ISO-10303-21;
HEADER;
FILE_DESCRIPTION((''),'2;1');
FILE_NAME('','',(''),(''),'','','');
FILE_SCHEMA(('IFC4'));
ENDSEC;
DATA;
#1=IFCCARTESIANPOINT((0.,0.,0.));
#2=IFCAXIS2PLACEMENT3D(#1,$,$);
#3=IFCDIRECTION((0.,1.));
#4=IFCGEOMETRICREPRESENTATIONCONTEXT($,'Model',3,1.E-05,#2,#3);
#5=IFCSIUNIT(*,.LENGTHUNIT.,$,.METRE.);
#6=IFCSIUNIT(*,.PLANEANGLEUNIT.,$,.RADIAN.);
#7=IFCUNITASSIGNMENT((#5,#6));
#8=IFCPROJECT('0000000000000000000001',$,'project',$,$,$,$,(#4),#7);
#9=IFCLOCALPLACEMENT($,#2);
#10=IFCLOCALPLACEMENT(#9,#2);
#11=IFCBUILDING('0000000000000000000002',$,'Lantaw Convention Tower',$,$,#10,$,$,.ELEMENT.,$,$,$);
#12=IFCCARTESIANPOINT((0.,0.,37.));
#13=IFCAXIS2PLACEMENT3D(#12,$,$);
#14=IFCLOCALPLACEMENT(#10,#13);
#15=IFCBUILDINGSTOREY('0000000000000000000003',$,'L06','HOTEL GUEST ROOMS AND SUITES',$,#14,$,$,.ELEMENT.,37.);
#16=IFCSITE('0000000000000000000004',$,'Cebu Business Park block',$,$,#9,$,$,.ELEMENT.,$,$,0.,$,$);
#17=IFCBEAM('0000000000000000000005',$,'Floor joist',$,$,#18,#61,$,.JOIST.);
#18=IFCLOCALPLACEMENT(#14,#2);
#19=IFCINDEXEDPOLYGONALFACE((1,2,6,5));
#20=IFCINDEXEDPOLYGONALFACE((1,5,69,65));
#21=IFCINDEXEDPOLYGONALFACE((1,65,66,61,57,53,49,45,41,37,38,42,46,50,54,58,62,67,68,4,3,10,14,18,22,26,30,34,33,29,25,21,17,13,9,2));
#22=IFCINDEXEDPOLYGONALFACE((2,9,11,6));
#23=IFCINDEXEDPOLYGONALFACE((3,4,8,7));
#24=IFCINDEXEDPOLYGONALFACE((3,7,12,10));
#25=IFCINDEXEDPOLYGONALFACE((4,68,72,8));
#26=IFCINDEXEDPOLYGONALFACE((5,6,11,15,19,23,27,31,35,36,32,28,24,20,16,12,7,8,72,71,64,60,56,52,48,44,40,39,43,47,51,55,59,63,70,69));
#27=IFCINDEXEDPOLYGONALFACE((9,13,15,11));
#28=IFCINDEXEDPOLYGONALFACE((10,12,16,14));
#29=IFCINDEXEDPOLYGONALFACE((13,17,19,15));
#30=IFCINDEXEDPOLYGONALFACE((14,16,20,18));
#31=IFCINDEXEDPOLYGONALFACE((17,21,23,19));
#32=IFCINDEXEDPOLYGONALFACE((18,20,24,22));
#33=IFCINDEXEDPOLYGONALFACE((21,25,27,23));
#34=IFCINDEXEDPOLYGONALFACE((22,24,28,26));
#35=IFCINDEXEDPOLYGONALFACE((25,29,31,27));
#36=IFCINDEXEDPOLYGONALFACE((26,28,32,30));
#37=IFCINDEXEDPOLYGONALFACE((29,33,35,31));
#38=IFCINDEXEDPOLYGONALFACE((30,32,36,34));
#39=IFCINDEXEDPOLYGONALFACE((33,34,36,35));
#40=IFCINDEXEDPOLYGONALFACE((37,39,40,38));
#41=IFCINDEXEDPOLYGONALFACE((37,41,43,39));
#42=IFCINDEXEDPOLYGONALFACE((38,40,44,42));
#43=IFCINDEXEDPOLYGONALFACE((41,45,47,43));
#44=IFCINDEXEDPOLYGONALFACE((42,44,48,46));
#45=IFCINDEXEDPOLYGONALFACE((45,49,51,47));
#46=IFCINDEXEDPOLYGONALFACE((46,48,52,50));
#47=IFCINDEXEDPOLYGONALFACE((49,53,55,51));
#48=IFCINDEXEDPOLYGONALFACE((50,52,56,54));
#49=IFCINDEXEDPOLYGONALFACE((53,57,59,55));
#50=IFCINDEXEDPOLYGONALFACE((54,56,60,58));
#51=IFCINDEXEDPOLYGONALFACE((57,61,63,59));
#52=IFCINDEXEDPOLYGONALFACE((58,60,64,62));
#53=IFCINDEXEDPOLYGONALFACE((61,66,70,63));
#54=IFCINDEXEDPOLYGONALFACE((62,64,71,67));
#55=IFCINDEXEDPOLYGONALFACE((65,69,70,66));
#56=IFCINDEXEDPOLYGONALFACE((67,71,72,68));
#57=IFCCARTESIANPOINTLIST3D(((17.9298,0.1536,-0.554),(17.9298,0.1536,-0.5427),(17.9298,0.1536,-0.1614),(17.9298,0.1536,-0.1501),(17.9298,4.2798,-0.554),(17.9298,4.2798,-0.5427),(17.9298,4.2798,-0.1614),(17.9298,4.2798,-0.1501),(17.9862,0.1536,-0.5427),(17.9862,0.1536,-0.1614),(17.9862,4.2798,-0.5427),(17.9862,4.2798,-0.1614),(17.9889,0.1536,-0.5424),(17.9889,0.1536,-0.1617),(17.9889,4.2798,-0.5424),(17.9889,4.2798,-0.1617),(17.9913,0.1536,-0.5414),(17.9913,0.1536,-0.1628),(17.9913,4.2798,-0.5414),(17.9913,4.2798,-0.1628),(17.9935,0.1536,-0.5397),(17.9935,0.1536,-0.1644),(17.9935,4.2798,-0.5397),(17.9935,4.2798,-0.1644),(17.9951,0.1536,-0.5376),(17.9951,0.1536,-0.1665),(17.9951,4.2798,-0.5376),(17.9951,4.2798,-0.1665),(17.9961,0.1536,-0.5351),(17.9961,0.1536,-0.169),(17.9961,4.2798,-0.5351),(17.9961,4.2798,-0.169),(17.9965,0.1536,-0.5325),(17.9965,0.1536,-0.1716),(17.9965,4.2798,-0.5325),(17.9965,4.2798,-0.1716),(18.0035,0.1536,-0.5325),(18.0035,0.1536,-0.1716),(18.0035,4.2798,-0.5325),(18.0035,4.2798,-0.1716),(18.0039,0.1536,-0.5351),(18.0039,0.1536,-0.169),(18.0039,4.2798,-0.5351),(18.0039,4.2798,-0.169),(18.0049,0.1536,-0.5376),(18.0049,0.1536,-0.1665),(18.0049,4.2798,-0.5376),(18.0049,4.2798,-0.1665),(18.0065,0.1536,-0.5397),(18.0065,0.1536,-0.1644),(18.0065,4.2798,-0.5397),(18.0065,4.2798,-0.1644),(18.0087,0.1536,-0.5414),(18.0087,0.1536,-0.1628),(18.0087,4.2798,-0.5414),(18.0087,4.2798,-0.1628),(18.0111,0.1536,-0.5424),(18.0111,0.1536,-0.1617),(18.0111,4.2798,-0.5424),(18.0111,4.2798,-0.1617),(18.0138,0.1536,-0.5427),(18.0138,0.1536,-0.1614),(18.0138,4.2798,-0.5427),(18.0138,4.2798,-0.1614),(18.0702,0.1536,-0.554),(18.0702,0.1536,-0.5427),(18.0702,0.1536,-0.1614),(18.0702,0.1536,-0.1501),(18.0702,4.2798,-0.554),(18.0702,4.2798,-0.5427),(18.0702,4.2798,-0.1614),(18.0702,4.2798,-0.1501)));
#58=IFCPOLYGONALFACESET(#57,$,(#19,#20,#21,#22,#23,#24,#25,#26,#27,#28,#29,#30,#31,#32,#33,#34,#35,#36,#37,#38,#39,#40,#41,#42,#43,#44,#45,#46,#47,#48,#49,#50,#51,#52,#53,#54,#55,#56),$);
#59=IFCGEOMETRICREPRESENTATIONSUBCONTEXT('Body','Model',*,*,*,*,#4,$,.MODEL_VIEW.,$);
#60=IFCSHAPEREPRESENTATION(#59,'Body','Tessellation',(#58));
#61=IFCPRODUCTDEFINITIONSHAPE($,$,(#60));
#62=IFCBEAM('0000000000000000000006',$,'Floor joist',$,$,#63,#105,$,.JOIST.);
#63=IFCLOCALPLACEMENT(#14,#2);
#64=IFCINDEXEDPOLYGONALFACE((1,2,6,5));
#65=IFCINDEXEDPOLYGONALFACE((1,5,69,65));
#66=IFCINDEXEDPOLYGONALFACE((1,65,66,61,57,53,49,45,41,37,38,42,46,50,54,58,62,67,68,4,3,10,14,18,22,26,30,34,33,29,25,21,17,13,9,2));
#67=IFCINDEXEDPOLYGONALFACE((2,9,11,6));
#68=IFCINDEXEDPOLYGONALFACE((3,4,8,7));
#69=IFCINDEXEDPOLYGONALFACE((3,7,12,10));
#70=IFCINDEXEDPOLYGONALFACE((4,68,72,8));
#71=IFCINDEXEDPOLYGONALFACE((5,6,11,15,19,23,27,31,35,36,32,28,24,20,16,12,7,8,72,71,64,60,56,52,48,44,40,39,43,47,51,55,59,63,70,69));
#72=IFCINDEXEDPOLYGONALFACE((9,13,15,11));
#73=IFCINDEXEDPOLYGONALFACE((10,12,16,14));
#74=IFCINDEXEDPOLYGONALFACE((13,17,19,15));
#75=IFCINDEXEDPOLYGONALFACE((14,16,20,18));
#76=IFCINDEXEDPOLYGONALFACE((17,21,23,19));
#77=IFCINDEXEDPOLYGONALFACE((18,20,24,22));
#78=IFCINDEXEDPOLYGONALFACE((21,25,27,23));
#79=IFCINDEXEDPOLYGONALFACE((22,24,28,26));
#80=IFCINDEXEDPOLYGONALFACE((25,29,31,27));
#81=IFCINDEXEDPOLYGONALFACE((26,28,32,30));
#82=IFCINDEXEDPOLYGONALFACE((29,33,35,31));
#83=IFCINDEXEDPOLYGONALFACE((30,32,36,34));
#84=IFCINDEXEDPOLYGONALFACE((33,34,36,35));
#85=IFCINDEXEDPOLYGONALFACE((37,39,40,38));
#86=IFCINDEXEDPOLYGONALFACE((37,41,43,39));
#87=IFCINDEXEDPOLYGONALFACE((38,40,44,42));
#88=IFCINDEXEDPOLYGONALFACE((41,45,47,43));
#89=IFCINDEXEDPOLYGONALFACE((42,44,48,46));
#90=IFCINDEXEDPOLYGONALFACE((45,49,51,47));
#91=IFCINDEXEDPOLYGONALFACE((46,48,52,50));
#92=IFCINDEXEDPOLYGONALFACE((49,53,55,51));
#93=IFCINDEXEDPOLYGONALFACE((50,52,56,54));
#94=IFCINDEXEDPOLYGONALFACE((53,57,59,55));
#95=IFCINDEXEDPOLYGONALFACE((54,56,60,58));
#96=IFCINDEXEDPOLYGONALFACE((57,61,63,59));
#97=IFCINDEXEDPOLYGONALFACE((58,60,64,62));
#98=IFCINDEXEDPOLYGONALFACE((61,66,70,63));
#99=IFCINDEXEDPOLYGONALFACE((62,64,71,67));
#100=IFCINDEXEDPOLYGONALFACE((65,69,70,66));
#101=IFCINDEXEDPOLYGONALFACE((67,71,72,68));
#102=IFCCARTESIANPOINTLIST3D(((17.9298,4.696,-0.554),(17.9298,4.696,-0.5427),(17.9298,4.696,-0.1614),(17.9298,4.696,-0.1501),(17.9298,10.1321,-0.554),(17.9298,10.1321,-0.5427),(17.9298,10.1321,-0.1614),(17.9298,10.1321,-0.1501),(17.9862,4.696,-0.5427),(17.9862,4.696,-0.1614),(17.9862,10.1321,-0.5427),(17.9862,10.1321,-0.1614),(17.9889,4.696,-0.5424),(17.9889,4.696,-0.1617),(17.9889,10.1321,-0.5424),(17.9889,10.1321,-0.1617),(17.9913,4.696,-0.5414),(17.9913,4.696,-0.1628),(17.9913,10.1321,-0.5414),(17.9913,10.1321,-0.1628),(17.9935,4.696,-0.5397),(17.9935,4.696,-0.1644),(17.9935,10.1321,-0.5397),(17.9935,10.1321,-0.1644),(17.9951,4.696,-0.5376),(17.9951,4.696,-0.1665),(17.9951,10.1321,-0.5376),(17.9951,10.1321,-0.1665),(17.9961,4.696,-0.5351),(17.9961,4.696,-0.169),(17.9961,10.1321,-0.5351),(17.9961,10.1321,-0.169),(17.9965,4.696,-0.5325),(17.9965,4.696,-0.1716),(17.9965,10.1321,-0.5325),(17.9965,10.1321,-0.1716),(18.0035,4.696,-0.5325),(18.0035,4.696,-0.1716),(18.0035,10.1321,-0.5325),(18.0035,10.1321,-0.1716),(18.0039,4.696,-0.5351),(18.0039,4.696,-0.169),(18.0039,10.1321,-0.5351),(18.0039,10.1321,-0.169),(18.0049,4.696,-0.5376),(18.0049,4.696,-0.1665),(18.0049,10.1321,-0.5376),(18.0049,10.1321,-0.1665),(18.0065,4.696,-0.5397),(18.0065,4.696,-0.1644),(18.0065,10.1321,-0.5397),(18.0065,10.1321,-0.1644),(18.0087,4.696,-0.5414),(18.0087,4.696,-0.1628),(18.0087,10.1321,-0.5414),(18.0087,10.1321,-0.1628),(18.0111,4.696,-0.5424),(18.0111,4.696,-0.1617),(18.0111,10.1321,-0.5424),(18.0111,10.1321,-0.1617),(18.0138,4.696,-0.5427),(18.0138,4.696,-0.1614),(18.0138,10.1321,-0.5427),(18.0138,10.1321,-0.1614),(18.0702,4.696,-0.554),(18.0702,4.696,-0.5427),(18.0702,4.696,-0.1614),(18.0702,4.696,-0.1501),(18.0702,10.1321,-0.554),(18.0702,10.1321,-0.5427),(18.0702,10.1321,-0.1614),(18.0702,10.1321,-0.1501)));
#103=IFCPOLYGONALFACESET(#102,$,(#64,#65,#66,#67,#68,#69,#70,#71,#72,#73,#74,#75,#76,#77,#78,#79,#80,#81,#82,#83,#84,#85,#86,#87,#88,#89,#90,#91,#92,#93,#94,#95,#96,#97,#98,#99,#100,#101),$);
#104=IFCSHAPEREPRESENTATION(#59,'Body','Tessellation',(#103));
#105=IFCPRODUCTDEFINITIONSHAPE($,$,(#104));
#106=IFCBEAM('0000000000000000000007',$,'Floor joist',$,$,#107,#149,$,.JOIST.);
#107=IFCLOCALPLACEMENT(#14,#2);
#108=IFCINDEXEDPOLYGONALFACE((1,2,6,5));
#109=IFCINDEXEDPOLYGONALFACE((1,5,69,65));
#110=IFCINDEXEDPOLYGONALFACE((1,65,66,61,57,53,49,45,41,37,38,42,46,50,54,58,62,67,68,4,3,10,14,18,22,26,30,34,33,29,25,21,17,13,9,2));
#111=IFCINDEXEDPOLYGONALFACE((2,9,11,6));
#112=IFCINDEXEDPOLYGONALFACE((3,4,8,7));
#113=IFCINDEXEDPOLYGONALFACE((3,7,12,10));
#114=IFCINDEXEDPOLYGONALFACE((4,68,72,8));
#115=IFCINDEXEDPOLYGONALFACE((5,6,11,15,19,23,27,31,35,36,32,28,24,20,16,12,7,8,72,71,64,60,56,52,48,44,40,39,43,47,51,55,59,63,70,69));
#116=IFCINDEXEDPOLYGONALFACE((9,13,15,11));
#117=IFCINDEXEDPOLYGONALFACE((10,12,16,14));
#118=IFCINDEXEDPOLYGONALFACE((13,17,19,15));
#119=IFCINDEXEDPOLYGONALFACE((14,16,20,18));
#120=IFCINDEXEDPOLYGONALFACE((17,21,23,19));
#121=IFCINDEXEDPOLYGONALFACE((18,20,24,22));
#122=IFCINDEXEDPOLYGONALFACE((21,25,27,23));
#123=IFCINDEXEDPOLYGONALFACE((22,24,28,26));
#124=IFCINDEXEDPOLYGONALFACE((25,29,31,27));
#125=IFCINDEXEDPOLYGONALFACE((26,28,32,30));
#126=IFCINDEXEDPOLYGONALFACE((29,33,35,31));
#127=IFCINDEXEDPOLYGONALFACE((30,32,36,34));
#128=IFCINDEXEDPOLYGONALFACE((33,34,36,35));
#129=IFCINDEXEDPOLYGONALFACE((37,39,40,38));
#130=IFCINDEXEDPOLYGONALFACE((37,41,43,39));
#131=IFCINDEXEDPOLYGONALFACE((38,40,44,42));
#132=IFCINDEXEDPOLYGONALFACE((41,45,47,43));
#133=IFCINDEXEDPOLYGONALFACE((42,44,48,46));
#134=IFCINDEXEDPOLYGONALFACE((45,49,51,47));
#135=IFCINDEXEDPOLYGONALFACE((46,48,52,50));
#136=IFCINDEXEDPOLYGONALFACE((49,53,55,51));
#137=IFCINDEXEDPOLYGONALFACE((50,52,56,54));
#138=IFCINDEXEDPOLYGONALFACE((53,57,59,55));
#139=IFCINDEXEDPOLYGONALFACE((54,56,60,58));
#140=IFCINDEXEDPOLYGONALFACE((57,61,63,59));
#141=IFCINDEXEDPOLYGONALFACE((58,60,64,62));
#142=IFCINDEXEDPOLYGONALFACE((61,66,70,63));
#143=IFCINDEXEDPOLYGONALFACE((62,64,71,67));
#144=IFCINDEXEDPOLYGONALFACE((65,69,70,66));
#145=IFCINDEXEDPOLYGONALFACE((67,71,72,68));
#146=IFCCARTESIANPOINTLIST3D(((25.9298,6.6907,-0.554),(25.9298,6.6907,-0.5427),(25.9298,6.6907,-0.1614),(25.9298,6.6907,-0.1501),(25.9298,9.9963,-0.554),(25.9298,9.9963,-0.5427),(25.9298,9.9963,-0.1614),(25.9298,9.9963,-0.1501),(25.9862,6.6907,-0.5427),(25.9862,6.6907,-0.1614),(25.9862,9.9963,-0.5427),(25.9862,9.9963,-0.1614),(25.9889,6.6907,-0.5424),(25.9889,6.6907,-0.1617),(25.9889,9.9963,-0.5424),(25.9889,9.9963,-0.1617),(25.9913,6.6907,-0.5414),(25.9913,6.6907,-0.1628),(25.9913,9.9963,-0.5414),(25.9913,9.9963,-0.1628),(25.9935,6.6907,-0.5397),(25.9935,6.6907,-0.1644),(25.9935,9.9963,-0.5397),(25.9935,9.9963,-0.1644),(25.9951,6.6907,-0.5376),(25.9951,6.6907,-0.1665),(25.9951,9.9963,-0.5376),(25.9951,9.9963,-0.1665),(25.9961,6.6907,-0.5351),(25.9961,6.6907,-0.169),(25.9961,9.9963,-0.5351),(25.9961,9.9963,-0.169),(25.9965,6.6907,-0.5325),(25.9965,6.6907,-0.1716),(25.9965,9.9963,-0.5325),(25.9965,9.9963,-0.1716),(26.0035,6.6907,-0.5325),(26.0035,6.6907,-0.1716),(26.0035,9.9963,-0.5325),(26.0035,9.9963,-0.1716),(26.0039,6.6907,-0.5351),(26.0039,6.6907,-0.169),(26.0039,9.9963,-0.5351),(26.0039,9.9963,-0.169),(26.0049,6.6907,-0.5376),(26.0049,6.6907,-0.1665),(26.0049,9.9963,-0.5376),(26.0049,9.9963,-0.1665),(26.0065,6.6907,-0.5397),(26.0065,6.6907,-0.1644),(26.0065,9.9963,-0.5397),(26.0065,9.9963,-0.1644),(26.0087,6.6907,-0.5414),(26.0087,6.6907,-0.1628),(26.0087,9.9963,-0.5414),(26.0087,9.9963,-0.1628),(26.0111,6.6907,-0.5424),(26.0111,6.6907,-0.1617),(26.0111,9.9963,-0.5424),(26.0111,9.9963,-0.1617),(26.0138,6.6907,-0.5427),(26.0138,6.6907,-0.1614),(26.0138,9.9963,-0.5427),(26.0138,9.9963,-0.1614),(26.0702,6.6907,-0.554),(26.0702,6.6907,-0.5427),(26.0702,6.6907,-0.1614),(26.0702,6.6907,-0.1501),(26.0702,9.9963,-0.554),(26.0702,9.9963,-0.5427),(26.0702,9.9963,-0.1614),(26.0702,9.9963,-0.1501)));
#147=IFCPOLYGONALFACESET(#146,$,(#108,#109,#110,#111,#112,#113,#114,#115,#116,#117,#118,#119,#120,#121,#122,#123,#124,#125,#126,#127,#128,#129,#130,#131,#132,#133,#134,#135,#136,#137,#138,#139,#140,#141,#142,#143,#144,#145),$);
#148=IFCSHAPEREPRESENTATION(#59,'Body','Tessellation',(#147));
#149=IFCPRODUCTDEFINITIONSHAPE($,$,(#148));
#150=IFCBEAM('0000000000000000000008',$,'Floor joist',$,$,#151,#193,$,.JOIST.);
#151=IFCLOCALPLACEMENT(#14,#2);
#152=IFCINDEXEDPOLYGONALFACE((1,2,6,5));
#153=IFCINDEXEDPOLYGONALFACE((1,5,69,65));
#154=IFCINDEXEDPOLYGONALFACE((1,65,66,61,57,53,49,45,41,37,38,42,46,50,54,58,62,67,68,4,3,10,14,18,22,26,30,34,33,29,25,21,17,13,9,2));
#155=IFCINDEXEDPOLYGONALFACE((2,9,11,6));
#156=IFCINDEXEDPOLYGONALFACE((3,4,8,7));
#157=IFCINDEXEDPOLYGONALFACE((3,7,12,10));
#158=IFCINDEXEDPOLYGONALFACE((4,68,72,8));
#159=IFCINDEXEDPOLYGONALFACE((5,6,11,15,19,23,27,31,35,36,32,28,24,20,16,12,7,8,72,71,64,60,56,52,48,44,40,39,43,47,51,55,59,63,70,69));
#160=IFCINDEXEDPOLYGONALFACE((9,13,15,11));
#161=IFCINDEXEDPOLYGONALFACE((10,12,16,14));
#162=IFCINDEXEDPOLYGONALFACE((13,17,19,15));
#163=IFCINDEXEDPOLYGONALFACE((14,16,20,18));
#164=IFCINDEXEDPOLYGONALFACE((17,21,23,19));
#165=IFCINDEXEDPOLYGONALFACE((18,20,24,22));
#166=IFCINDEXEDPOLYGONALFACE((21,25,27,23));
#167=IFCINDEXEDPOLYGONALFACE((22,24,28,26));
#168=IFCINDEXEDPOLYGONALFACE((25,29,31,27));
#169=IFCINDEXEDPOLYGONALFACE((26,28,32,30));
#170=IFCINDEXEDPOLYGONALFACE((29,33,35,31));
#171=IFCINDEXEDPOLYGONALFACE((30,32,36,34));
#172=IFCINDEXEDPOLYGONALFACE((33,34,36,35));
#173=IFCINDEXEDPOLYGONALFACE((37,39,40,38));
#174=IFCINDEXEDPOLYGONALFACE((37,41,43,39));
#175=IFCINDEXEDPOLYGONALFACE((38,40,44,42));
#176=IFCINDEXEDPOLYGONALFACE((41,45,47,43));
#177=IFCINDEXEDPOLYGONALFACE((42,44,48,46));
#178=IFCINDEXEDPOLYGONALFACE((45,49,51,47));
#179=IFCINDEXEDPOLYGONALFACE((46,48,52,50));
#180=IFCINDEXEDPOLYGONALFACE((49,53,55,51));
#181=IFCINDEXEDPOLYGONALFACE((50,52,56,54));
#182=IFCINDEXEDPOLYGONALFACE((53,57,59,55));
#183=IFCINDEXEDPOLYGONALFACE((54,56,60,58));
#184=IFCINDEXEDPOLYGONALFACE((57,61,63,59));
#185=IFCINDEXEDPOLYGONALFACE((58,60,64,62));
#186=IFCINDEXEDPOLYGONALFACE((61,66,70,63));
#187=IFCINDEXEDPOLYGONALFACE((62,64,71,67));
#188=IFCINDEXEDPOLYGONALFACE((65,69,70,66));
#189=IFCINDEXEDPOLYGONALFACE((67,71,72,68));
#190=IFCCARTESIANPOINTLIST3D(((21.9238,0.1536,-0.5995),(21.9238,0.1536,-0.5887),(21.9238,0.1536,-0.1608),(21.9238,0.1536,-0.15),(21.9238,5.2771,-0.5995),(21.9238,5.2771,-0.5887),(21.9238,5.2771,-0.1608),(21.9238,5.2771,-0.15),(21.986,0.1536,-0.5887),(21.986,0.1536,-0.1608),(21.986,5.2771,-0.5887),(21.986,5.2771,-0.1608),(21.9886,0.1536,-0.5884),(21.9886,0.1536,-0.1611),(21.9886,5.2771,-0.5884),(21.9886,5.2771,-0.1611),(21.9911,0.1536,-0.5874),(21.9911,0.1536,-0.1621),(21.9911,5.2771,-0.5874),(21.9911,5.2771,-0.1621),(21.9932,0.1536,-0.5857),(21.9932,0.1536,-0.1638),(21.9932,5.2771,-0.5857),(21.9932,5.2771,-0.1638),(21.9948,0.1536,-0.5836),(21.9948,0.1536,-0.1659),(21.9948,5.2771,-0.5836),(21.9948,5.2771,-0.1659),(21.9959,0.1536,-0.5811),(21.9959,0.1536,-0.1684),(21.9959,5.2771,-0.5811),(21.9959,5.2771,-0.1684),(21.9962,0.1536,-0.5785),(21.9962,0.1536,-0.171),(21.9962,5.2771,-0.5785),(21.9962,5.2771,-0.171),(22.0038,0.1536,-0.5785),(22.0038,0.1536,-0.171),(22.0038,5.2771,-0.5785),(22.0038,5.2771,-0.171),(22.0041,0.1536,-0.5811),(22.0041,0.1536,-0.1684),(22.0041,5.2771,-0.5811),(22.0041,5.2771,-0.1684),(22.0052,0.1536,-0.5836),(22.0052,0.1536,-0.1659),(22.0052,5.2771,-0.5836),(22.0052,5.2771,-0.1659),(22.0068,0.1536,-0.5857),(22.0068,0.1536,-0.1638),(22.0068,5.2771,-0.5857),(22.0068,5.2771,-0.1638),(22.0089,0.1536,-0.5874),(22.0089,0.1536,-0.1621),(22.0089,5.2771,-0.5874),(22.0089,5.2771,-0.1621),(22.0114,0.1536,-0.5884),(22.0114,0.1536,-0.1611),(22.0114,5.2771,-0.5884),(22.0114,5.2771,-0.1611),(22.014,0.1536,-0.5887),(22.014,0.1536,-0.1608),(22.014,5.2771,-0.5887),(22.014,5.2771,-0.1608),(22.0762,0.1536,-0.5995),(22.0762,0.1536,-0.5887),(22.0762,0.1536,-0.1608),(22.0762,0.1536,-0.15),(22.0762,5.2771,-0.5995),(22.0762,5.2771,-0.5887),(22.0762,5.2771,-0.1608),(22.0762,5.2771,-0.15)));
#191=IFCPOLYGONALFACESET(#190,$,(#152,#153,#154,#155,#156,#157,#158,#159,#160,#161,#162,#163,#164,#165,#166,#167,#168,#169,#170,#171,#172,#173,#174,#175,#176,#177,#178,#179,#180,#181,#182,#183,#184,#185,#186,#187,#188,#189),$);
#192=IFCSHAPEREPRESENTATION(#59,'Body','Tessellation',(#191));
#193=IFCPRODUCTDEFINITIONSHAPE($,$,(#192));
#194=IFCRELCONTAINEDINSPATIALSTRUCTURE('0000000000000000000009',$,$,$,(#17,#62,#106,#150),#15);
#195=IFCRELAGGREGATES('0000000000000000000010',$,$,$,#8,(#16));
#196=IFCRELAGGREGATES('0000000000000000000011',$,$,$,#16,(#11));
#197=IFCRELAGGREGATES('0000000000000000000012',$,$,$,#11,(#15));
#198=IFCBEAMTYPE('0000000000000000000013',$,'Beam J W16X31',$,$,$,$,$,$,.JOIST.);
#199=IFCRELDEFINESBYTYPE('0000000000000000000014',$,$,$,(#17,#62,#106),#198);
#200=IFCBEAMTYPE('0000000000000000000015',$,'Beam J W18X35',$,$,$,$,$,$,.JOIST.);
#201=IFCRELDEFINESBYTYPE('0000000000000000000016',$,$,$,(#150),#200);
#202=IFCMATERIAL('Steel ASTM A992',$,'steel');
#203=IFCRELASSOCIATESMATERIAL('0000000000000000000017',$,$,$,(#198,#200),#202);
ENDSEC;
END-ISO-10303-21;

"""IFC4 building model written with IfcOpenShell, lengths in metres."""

from ifc_helpers import new_model, si_unit, direction, frame, origin, origin_2d, place, context, subcontext, project, spatial, i_section, extrude, material, material_profile, profile_set, type_object, element, save


model = new_model("IFC4")

# Units and contexts
model_context = context("Model", 3, precision=1e-05, world=origin(), true_north=direction((0.0, 1.0)))
body_context = subcontext(model_context, "Body", "Model", "MODEL_VIEW")
ifc_project = project(units=[si_unit("LENGTHUNIT", "METRE"), si_unit("PLANEANGLEUNIT", "RADIAN")], contexts=[model_context])

# Site, building, storey
site_placement = place(None, origin())
site = spatial("IfcSite", under=ifc_project, at=site_placement, Name="Cebu Business Park block", CompositionType="ELEMENT", RefElevation=0.0)
building_placement = place(site_placement, origin())
building = spatial("IfcBuilding", under=site, at=building_placement, Name="Lantaw Convention Tower", CompositionType="ELEMENT")
storey_placement = place(building_placement, frame((0.0, 0.0, 37.0)))
storey = spatial("IfcBuildingStorey", under=building, at=storey_placement, Name="L06", Description="HOTEL GUEST ROOMS AND SUITES", CompositionType="ELEMENT", Elevation=37.0)

# Beams
ifc_material_1 = material(Name="Steel ASTM A992", Category="steel")
ifc_material_profile_1 = material_profile(ifc_material_1, i_section(OverallWidth=0.1404, OverallDepth=0.4038, WebThickness=0.0071, FlangeThickness=0.0112, FilletRadius=0.0103, at=origin_2d()), Name="W16X31")
ifc_profile_set_1 = profile_set([ifc_material_profile_1], Name="Steel ASTM A992")
beam_type_1 = type_object("IfcBeamType", Name="Beam J W16X31", PredefinedType="JOIST", material=ifc_profile_set_1)
beam_1_placement = place(storey_placement, frame((18.0, 0.1536, -0.3521), z_axis=(0.0, 1.0, 0.0), x_axis=(-1.0, 0.0, 0.0)))
element("IfcBeam", 1, at=beam_1_placement, inside=storey, type_object=beam_type_1, Name="Floor joist", PredefinedType="JOIST", context=body_context, shape_type="SweptSolid", body=[
    extrude(i_section(OverallWidth=0.1404, OverallDepth=0.4038, WebThickness=0.0071, FlangeThickness=0.0112, FilletRadius=0.0103, at=origin_2d()), origin(), (0.0, 0.0, 1.0), 4.1262),
])
beam_2_placement = place(storey_placement, frame((18.0, 4.696, -0.3521), z_axis=(0.0, 1.0, 0.0), x_axis=(-1.0, 0.0, 0.0)))
element("IfcBeam", 2, at=beam_2_placement, inside=storey, type_object=beam_type_1, Name="Floor joist", PredefinedType="JOIST", context=body_context, shape_type="SweptSolid", body=[
    extrude(i_section(OverallWidth=0.1404, OverallDepth=0.4038, WebThickness=0.0071, FlangeThickness=0.0112, FilletRadius=0.0103, at=origin_2d()), origin(), (0.0, 0.0, 1.0), 5.436),
])
beam_3_placement = place(storey_placement, frame((26.0, 6.6907, -0.3521), z_axis=(0.0, 1.0, 0.0), x_axis=(-1.0, 0.0, 0.0)))
element("IfcBeam", 3, at=beam_3_placement, inside=storey, type_object=beam_type_1, Name="Floor joist", PredefinedType="JOIST", context=body_context, shape_type="SweptSolid", body=[
    extrude(i_section(OverallWidth=0.1404, OverallDepth=0.4038, WebThickness=0.0071, FlangeThickness=0.0112, FilletRadius=0.0103, at=origin_2d()), origin(), (0.0, 0.0, 1.0), 3.3057),
])
ifc_material_profile_2 = material_profile(ifc_material_1, i_section(OverallWidth=0.1523, OverallDepth=0.4495, WebThickness=0.0076, FlangeThickness=0.0107, FilletRadius=0.0103, at=origin_2d()), Name="W18X35")
ifc_profile_set_2 = profile_set([ifc_material_profile_2], Name="Steel ASTM A992")
beam_type_2 = type_object("IfcBeamType", Name="Beam J W18X35", PredefinedType="JOIST", material=ifc_profile_set_2)
beam_4_placement = place(storey_placement, frame((22.0, 0.1536, -0.3748), z_axis=(0.0, 1.0, 0.0), x_axis=(-1.0, 0.0, 0.0)))
element("IfcBeam", 4, at=beam_4_placement, inside=storey, type_object=beam_type_2, Name="Floor joist", PredefinedType="JOIST", context=body_context, shape_type="SweptSolid", body=[
    extrude(i_section(OverallWidth=0.1523, OverallDepth=0.4495, WebThickness=0.0076, FlangeThickness=0.0107, FilletRadius=0.0103, at=origin_2d()), origin(), (0.0, 0.0, 1.0), 5.1235),
])

save(model, "model.ifc")
